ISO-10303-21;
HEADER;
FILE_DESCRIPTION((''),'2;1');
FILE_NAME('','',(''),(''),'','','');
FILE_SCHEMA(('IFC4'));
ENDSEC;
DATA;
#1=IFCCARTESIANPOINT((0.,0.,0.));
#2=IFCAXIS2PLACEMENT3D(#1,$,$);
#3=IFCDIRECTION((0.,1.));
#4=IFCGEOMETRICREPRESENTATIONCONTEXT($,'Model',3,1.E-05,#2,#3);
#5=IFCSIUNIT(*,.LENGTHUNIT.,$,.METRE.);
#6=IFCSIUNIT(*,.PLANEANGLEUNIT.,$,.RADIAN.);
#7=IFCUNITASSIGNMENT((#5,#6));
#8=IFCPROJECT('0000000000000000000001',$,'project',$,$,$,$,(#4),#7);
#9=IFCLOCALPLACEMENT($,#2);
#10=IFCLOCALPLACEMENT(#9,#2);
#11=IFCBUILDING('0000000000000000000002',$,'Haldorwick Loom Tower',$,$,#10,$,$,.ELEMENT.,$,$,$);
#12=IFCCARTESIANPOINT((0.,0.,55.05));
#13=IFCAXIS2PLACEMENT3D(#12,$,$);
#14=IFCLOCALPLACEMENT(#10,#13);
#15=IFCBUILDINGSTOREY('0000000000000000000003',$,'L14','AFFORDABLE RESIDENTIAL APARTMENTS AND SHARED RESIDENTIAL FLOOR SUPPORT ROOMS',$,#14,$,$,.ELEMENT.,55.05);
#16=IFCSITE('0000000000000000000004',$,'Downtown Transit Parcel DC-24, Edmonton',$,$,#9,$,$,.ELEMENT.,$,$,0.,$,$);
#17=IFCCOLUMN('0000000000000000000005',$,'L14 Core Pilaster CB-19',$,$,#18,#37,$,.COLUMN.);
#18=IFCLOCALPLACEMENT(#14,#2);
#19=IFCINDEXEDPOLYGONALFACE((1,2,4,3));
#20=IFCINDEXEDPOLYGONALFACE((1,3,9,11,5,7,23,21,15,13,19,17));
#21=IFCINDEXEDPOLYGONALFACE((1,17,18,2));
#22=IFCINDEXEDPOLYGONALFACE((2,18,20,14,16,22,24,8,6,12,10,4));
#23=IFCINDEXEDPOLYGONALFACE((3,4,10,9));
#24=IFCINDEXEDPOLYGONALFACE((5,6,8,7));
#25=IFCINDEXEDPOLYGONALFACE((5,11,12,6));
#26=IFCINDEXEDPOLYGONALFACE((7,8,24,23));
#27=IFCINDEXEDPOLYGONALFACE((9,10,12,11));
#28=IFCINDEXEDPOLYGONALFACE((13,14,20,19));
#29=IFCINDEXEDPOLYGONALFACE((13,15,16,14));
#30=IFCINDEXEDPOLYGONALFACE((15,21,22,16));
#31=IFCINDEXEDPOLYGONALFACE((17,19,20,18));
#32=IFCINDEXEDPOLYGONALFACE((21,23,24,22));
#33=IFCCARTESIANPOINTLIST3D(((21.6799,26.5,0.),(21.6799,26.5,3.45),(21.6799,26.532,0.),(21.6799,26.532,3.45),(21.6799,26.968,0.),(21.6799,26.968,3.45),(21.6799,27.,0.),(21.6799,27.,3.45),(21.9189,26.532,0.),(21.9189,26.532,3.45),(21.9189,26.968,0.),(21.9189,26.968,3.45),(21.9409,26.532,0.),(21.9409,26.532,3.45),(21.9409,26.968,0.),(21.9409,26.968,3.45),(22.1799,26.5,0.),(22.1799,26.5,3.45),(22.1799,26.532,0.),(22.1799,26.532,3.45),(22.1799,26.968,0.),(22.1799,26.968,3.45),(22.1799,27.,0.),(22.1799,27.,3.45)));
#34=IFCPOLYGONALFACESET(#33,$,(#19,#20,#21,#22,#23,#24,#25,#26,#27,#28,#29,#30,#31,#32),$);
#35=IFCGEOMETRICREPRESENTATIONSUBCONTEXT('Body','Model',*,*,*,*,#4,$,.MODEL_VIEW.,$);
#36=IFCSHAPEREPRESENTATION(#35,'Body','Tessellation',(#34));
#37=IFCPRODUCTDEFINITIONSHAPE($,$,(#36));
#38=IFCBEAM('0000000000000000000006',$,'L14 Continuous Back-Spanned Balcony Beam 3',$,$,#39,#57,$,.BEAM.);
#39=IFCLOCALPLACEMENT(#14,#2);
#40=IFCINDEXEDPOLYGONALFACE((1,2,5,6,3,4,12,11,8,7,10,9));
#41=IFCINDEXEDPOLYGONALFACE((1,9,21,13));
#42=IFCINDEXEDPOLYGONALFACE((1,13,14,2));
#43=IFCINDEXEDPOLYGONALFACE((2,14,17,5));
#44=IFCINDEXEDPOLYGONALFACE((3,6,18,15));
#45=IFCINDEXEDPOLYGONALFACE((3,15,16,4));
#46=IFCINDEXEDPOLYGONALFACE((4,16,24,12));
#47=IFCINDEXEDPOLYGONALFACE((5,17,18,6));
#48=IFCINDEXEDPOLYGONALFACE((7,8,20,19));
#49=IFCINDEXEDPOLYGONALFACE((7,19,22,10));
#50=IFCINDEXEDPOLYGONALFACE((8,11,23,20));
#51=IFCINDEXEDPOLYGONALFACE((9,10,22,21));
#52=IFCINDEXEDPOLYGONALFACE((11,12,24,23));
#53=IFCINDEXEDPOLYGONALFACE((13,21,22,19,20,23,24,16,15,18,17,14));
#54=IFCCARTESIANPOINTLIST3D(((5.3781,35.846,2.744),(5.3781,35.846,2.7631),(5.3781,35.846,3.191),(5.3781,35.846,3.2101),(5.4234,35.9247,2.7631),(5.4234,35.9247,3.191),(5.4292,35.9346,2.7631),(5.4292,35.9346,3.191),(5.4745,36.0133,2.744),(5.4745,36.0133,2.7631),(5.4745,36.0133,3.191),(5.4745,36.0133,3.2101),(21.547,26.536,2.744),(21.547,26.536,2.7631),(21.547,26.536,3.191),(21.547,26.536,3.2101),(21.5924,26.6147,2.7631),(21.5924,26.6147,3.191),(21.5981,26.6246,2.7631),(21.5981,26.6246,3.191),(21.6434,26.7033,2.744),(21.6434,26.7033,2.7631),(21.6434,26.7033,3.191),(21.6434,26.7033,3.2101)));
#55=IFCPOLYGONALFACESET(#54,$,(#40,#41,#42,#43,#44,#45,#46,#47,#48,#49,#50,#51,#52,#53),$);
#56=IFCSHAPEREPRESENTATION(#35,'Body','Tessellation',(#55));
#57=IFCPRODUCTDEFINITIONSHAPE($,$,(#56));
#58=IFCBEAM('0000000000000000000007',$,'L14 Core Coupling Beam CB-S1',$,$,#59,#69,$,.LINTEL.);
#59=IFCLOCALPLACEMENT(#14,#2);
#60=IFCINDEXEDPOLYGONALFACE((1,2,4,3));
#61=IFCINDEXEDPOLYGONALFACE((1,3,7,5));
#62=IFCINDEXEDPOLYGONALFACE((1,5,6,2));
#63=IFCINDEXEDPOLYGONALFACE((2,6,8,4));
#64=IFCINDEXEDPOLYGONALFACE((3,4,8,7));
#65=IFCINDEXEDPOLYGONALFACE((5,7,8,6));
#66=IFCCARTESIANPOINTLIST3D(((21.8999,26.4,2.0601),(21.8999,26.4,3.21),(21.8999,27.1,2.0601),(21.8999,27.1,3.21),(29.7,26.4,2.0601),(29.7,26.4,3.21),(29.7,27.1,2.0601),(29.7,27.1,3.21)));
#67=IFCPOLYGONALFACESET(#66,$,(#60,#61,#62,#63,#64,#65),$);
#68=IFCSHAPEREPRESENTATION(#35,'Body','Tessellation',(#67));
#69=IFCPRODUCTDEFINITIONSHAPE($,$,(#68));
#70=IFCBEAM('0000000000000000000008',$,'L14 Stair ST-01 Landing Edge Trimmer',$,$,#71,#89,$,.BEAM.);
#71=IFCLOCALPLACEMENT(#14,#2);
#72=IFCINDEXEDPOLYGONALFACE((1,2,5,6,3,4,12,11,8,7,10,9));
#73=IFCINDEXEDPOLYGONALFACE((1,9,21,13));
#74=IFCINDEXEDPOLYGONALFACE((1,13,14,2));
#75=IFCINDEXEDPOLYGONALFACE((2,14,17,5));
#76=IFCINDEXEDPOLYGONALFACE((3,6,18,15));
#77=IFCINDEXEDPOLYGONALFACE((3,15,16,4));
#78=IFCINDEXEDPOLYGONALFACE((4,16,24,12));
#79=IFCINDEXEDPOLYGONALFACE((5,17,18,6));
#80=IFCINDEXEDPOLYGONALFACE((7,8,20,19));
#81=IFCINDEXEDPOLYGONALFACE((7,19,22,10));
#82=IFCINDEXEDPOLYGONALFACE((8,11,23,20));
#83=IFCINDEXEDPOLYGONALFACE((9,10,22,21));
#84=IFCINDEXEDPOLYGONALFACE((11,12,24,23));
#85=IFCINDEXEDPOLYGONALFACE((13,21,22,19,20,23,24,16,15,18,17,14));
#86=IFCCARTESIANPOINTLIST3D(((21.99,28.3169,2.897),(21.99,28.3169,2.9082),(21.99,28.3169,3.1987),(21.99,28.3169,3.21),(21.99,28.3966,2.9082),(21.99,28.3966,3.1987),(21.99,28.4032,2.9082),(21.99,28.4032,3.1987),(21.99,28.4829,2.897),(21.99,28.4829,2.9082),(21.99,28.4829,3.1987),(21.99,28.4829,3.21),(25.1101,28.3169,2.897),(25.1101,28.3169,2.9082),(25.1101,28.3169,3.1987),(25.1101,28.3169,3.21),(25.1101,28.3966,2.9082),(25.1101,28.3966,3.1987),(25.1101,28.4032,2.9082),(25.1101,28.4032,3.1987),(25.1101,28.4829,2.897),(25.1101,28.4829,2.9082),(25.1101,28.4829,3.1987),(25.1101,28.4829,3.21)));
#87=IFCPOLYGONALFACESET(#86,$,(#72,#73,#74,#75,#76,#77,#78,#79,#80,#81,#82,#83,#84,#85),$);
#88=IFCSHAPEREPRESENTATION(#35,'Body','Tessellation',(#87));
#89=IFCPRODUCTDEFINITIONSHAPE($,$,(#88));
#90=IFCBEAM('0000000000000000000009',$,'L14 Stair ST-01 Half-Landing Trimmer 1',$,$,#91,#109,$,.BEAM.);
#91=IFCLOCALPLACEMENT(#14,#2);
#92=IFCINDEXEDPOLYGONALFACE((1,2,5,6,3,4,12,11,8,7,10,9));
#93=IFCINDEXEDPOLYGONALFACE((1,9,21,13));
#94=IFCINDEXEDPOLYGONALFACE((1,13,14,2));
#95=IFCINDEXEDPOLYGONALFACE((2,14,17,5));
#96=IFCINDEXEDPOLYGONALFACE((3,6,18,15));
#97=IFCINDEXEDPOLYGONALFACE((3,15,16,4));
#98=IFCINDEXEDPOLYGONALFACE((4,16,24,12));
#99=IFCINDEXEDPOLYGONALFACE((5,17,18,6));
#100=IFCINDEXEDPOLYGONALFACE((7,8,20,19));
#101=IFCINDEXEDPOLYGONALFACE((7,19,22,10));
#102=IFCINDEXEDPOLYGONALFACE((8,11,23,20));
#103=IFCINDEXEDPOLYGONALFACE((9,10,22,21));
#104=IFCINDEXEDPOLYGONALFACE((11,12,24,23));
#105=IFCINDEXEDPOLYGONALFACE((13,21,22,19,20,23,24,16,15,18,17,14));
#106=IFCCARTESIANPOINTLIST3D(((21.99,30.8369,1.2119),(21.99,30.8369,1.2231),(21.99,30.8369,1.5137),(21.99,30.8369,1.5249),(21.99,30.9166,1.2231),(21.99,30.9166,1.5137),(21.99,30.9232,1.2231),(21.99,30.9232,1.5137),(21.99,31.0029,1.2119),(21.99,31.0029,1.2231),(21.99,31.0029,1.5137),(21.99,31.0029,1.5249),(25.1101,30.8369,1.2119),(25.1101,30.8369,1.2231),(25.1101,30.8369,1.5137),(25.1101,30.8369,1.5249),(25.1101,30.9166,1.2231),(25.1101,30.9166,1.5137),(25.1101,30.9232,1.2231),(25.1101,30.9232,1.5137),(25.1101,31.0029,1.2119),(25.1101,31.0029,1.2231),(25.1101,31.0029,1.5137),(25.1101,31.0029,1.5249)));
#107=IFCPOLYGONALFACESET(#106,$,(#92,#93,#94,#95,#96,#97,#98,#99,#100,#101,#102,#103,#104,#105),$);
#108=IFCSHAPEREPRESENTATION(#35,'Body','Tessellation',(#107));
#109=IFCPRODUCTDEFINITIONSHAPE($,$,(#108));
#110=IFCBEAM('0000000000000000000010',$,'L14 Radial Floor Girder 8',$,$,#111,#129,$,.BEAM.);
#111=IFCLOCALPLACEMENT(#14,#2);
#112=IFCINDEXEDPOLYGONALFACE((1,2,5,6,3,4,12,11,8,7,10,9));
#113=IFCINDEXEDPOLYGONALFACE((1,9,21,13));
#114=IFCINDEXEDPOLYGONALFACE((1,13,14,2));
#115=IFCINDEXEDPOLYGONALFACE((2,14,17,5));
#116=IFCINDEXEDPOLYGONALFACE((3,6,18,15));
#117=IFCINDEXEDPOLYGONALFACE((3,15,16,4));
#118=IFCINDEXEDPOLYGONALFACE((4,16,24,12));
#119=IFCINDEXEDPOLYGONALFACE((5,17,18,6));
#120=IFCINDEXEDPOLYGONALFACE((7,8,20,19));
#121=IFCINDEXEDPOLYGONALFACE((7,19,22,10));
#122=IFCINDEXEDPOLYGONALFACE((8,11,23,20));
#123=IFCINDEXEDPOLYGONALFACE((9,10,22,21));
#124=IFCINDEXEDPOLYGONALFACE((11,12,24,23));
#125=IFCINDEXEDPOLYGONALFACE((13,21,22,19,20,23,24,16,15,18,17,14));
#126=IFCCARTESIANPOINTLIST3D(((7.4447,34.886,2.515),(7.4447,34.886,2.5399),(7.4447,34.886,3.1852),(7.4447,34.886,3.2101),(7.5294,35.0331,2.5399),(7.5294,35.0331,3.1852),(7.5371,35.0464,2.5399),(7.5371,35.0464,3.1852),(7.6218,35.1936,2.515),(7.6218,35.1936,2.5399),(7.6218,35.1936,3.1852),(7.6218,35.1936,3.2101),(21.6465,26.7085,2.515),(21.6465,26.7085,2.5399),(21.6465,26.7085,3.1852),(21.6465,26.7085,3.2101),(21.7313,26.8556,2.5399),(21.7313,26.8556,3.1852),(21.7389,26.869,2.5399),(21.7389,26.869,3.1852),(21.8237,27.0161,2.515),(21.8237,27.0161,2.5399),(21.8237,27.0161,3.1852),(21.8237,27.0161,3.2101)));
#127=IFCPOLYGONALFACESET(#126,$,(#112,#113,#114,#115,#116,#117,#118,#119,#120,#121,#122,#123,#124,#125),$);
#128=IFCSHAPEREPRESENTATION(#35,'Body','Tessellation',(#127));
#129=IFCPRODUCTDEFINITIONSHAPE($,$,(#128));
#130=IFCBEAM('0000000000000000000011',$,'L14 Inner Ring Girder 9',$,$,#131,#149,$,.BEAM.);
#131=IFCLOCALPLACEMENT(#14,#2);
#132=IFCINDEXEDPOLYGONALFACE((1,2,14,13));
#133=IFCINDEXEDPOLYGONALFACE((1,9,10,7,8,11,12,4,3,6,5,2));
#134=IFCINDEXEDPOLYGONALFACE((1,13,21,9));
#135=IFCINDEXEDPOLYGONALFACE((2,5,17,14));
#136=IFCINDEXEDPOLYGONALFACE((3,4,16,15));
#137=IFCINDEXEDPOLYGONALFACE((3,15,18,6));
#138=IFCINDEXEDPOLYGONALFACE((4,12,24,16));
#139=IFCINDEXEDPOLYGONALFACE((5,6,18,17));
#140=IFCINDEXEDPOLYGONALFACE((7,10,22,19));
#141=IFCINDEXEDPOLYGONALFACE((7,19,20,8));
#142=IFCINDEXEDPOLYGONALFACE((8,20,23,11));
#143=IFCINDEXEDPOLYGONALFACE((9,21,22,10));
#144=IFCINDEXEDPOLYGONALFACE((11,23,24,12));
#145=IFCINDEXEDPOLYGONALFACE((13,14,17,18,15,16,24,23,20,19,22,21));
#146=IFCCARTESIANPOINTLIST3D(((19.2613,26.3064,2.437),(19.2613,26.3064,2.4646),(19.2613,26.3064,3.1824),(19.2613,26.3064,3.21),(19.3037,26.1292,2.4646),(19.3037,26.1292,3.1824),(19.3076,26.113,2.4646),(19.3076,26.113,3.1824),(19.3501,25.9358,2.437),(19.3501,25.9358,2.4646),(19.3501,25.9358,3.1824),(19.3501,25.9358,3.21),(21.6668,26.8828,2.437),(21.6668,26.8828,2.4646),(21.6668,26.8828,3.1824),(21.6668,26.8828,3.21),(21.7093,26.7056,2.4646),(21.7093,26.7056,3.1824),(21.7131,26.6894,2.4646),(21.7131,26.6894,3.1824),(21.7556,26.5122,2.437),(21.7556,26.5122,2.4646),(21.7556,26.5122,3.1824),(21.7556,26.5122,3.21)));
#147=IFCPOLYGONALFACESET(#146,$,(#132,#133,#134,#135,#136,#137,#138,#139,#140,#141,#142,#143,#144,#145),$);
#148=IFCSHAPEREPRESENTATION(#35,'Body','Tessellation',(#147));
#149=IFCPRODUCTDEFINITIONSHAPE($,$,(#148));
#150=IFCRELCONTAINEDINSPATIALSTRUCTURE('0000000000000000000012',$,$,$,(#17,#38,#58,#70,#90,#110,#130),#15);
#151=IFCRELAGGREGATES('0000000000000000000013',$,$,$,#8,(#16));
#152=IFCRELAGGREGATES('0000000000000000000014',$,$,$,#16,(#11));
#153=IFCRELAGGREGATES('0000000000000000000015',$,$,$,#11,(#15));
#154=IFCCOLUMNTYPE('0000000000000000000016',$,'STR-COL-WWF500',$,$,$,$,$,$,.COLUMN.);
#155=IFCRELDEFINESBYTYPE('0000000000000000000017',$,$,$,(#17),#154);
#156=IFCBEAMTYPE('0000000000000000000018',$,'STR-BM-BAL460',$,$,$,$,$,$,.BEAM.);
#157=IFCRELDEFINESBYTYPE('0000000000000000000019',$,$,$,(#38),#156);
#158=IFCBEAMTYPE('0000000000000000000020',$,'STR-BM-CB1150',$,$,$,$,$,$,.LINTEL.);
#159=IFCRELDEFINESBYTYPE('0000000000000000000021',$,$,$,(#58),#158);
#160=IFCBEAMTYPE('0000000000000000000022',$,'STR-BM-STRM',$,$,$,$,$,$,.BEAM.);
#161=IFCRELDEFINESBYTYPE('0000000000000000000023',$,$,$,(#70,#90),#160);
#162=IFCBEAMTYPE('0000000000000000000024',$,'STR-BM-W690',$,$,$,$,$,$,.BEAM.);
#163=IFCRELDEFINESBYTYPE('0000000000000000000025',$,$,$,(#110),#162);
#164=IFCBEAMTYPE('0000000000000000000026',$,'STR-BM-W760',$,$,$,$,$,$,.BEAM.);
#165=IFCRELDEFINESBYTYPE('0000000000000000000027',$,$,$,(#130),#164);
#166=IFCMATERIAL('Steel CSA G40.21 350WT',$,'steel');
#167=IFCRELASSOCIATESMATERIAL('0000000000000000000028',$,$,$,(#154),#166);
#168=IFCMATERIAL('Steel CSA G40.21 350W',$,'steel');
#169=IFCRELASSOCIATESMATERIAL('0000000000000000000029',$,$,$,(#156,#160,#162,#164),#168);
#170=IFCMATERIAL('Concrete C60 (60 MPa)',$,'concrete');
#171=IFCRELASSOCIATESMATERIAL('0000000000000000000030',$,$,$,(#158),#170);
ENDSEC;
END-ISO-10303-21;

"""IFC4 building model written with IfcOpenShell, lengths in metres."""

from ifc_helpers import new_model, si_unit, direction, frame, origin, origin_2d, place, context, subcontext, project, spatial, rectangle, i_section, extrude, material, material_profile, profile_set, type_object, element, save


model = new_model("IFC4")

# Units and contexts
model_context = context("Model", 3, precision=1e-05, world=origin(), true_north=direction((0.0, 1.0)))
body_context = subcontext(model_context, "Body", "Model", "MODEL_VIEW")
ifc_project = project(units=[si_unit("LENGTHUNIT", "METRE"), si_unit("PLANEANGLEUNIT", "RADIAN")], contexts=[model_context])

# Site, building, storey
site_placement = place(None, origin())
site = spatial("IfcSite", under=ifc_project, at=site_placement, Name="Downtown Transit Parcel DC-24, Edmonton", CompositionType="ELEMENT", RefElevation=0.0)
building_placement = place(site_placement, origin())
building = spatial("IfcBuilding", under=site, at=building_placement, Name="Haldorwick Loom Tower", CompositionType="ELEMENT")
storey_placement = place(building_placement, frame((0.0, 0.0, 55.05)))
storey = spatial("IfcBuildingStorey", under=building, at=storey_placement, Name="L14", Description="AFFORDABLE RESIDENTIAL APARTMENTS AND SHARED RESIDENTIAL FLOOR SUPPORT ROOMS", CompositionType="ELEMENT", Elevation=55.05)

# Column
ifc_material_1 = material(Name="Steel CSA G40.21 350WT", Category="steel")
ifc_material_profile_1 = material_profile(ifc_material_1, i_section(OverallWidth=0.5, OverallDepth=0.5, WebThickness=0.022, FlangeThickness=0.032, at=origin_2d()), Name="WWF500X500", Category="steel")
ifc_profile_set_1 = profile_set([ifc_material_profile_1], Name="Steel CSA G40.21 350WT")
column_type = type_object("IfcColumnType", Name="STR-COL-WWF500", PredefinedType="COLUMN", material=ifc_profile_set_1)
column_placement = place(storey_placement, frame((21.9299, 26.75, 0.0), z_axis=(0.0, 0.0, 1.0), x_axis=(1.0, 0.0, 0.0)))
element("IfcColumn", 1, at=column_placement, inside=storey, type_object=column_type, Name="L14 Core Pilaster CB-19", PredefinedType="COLUMN", context=body_context, shape_type="SweptSolid", body=[
    extrude(i_section(OverallWidth=0.5, OverallDepth=0.5, WebThickness=0.022, FlangeThickness=0.032, at=origin_2d()), origin(), (0.0, 0.0, 1.0), 3.45),
])

# Beams
ifc_material_2 = material(Name="Steel CSA G40.21 350W", Category="steel")
ifc_material_profile_2 = material_profile(ifc_material_2, i_section(OverallWidth=0.1931, OverallDepth=0.4661, WebThickness=0.0115, FlangeThickness=0.019, at=origin_2d()), Name="W460X97", Category="steel")
ifc_profile_set_2 = profile_set([ifc_material_profile_2], Name="Steel CSA G40.21 350W")
beam_type_1 = type_object("IfcBeamType", Name="STR-BM-BAL460", PredefinedType="BEAM", material=ifc_profile_set_2)
beam_1_placement = place(storey_placement, frame((21.5952, 26.6196, 2.9771), z_axis=(-0.866607, 0.498991, 0.0), x_axis=(-0.498991, -0.866607, 0.0)))
element("IfcBeam", 2, at=beam_1_placement, inside=storey, type_object=beam_type_1, Name="L14 Continuous Back-Spanned Balcony Beam 3", PredefinedType="BEAM", context=body_context, shape_type="SweptSolid", body=[
    extrude(i_section(OverallWidth=0.1931, OverallDepth=0.4661, WebThickness=0.0115, FlangeThickness=0.019, at=origin_2d()), origin(), (0.0, 0.0, 1.0), 18.6577),
])
ifc_material_3 = material(Name="Concrete C60 (60 MPa)", Category="concrete")
ifc_material_profile_3 = material_profile(ifc_material_3, rectangle(XDim=0.7, YDim=1.1499, at=origin_2d()), Name="RC700X1150", Category="concrete")
ifc_profile_set_3 = profile_set([ifc_material_profile_3], Name="Concrete C60 (60 MPa)")
beam_type_2 = type_object("IfcBeamType", Name="STR-BM-CB1150", PredefinedType="LINTEL", material=ifc_profile_set_3)
beam_2_placement = place(storey_placement, frame((21.8999, 26.75, 2.635), z_axis=(1.0, 0.0, 0.0), x_axis=(0.0, 1.0, 0.0)))
element("IfcBeam", 3, at=beam_2_placement, inside=storey, type_object=beam_type_2, Name="L14 Core Coupling Beam CB-S1", PredefinedType="LINTEL", context=body_context, shape_type="SweptSolid", body=[
    extrude(rectangle(XDim=0.7, YDim=1.1499, at=origin_2d()), origin(), (0.0, 0.0, 1.0), 7.8),
])
ifc_material_profile_4 = material_profile(ifc_material_2, i_section(OverallWidth=0.166, OverallDepth=0.313, WebThickness=0.0066, FlangeThickness=0.0112, at=origin_2d()), Name="W310X45", Category="steel")
ifc_profile_set_4 = profile_set([ifc_material_profile_4], Name="Steel CSA G40.21 350W")
beam_type_3 = type_object("IfcBeamType", Name="STR-BM-STRM", PredefinedType="BEAM", material=ifc_profile_set_4)
for number, where, z_axis, x_axis, name in (
    (4, (21.99, 28.3999, 3.0535), (1.0, 0.0, 0.0), (0.0, 1.0, 0.0), "L14 Stair ST-01 Landing Edge Trimmer"),
    (5, (21.99, 30.9199, 1.3684), (1.0, 0.0, 0.0), (0.0, 1.0, 0.0), "L14 Stair ST-01 Half-Landing Trimmer 1"),
):
    element("IfcBeam", number, at=place(storey_placement, frame(where, z_axis=z_axis, x_axis=x_axis)), inside=storey, type_object=beam_type_3, Name=name, PredefinedType="BEAM", context=body_context, shape_type="SweptSolid", body=[
        extrude(i_section(OverallWidth=0.166, OverallDepth=0.313, WebThickness=0.0066, FlangeThickness=0.0112, at=origin_2d()), origin(), (0.0, 0.0, 1.0), 3.1201),
    ])
ifc_material_profile_5 = material_profile(ifc_material_2, i_section(OverallWidth=0.355, OverallDepth=0.6951, WebThickness=0.0154, FlangeThickness=0.0249, at=origin_2d()), Name="W690X217", Category="steel")
ifc_profile_set_5 = profile_set([ifc_material_profile_5], Name="Steel CSA G40.21 350W")
beam_type_4 = type_object("IfcBeamType", Name="STR-BM-W690", PredefinedType="BEAM", material=ifc_profile_set_5)
beam_3_placement = place(storey_placement, frame((21.7351, 26.8623, 2.8625), z_axis=(-0.866606, 0.498994, 0.0), x_axis=(-0.498994, -0.866606, 0.0)))
element("IfcBeam", 6, at=beam_3_placement, inside=storey, type_object=beam_type_4, Name="L14 Radial Floor Girder 8", PredefinedType="BEAM", context=body_context, shape_type="SweptSolid", body=[
    extrude(i_section(OverallWidth=0.355, OverallDepth=0.6951, WebThickness=0.0154, FlangeThickness=0.0249, at=origin_2d()), origin(), (0.0, 0.0, 1.0), 16.3879),
])
ifc_material_profile_6 = material_profile(ifc_material_2, i_section(OverallWidth=0.3811, OverallDepth=0.7729, WebThickness=0.0166, FlangeThickness=0.0276, at=origin_2d()), Name="W760X257", Category="steel")
ifc_profile_set_6 = profile_set([ifc_material_profile_6], Name="Steel CSA G40.21 350W")
beam_type_5 = type_object("IfcBeamType", Name="STR-BM-W760", PredefinedType="BEAM", material=ifc_profile_set_6)
beam_4_placement = place(storey_placement, frame((19.3057, 26.1211, 2.8235), z_axis=(0.972471, 0.233026, 0.0), x_axis=(-0.233026, 0.972471, 0.0)))
element("IfcBeam", 7, at=beam_4_placement, inside=storey, type_object=beam_type_5, Name="L14 Inner Ring Girder 9", PredefinedType="BEAM", context=body_context, shape_type="SweptSolid", body=[
    extrude(i_section(OverallWidth=0.3811, OverallDepth=0.7729, WebThickness=0.0166, FlangeThickness=0.0276, at=origin_2d()), origin(), (0.0, 0.0, 1.0), 2.4736),
])

save(model, "model.ifc")
